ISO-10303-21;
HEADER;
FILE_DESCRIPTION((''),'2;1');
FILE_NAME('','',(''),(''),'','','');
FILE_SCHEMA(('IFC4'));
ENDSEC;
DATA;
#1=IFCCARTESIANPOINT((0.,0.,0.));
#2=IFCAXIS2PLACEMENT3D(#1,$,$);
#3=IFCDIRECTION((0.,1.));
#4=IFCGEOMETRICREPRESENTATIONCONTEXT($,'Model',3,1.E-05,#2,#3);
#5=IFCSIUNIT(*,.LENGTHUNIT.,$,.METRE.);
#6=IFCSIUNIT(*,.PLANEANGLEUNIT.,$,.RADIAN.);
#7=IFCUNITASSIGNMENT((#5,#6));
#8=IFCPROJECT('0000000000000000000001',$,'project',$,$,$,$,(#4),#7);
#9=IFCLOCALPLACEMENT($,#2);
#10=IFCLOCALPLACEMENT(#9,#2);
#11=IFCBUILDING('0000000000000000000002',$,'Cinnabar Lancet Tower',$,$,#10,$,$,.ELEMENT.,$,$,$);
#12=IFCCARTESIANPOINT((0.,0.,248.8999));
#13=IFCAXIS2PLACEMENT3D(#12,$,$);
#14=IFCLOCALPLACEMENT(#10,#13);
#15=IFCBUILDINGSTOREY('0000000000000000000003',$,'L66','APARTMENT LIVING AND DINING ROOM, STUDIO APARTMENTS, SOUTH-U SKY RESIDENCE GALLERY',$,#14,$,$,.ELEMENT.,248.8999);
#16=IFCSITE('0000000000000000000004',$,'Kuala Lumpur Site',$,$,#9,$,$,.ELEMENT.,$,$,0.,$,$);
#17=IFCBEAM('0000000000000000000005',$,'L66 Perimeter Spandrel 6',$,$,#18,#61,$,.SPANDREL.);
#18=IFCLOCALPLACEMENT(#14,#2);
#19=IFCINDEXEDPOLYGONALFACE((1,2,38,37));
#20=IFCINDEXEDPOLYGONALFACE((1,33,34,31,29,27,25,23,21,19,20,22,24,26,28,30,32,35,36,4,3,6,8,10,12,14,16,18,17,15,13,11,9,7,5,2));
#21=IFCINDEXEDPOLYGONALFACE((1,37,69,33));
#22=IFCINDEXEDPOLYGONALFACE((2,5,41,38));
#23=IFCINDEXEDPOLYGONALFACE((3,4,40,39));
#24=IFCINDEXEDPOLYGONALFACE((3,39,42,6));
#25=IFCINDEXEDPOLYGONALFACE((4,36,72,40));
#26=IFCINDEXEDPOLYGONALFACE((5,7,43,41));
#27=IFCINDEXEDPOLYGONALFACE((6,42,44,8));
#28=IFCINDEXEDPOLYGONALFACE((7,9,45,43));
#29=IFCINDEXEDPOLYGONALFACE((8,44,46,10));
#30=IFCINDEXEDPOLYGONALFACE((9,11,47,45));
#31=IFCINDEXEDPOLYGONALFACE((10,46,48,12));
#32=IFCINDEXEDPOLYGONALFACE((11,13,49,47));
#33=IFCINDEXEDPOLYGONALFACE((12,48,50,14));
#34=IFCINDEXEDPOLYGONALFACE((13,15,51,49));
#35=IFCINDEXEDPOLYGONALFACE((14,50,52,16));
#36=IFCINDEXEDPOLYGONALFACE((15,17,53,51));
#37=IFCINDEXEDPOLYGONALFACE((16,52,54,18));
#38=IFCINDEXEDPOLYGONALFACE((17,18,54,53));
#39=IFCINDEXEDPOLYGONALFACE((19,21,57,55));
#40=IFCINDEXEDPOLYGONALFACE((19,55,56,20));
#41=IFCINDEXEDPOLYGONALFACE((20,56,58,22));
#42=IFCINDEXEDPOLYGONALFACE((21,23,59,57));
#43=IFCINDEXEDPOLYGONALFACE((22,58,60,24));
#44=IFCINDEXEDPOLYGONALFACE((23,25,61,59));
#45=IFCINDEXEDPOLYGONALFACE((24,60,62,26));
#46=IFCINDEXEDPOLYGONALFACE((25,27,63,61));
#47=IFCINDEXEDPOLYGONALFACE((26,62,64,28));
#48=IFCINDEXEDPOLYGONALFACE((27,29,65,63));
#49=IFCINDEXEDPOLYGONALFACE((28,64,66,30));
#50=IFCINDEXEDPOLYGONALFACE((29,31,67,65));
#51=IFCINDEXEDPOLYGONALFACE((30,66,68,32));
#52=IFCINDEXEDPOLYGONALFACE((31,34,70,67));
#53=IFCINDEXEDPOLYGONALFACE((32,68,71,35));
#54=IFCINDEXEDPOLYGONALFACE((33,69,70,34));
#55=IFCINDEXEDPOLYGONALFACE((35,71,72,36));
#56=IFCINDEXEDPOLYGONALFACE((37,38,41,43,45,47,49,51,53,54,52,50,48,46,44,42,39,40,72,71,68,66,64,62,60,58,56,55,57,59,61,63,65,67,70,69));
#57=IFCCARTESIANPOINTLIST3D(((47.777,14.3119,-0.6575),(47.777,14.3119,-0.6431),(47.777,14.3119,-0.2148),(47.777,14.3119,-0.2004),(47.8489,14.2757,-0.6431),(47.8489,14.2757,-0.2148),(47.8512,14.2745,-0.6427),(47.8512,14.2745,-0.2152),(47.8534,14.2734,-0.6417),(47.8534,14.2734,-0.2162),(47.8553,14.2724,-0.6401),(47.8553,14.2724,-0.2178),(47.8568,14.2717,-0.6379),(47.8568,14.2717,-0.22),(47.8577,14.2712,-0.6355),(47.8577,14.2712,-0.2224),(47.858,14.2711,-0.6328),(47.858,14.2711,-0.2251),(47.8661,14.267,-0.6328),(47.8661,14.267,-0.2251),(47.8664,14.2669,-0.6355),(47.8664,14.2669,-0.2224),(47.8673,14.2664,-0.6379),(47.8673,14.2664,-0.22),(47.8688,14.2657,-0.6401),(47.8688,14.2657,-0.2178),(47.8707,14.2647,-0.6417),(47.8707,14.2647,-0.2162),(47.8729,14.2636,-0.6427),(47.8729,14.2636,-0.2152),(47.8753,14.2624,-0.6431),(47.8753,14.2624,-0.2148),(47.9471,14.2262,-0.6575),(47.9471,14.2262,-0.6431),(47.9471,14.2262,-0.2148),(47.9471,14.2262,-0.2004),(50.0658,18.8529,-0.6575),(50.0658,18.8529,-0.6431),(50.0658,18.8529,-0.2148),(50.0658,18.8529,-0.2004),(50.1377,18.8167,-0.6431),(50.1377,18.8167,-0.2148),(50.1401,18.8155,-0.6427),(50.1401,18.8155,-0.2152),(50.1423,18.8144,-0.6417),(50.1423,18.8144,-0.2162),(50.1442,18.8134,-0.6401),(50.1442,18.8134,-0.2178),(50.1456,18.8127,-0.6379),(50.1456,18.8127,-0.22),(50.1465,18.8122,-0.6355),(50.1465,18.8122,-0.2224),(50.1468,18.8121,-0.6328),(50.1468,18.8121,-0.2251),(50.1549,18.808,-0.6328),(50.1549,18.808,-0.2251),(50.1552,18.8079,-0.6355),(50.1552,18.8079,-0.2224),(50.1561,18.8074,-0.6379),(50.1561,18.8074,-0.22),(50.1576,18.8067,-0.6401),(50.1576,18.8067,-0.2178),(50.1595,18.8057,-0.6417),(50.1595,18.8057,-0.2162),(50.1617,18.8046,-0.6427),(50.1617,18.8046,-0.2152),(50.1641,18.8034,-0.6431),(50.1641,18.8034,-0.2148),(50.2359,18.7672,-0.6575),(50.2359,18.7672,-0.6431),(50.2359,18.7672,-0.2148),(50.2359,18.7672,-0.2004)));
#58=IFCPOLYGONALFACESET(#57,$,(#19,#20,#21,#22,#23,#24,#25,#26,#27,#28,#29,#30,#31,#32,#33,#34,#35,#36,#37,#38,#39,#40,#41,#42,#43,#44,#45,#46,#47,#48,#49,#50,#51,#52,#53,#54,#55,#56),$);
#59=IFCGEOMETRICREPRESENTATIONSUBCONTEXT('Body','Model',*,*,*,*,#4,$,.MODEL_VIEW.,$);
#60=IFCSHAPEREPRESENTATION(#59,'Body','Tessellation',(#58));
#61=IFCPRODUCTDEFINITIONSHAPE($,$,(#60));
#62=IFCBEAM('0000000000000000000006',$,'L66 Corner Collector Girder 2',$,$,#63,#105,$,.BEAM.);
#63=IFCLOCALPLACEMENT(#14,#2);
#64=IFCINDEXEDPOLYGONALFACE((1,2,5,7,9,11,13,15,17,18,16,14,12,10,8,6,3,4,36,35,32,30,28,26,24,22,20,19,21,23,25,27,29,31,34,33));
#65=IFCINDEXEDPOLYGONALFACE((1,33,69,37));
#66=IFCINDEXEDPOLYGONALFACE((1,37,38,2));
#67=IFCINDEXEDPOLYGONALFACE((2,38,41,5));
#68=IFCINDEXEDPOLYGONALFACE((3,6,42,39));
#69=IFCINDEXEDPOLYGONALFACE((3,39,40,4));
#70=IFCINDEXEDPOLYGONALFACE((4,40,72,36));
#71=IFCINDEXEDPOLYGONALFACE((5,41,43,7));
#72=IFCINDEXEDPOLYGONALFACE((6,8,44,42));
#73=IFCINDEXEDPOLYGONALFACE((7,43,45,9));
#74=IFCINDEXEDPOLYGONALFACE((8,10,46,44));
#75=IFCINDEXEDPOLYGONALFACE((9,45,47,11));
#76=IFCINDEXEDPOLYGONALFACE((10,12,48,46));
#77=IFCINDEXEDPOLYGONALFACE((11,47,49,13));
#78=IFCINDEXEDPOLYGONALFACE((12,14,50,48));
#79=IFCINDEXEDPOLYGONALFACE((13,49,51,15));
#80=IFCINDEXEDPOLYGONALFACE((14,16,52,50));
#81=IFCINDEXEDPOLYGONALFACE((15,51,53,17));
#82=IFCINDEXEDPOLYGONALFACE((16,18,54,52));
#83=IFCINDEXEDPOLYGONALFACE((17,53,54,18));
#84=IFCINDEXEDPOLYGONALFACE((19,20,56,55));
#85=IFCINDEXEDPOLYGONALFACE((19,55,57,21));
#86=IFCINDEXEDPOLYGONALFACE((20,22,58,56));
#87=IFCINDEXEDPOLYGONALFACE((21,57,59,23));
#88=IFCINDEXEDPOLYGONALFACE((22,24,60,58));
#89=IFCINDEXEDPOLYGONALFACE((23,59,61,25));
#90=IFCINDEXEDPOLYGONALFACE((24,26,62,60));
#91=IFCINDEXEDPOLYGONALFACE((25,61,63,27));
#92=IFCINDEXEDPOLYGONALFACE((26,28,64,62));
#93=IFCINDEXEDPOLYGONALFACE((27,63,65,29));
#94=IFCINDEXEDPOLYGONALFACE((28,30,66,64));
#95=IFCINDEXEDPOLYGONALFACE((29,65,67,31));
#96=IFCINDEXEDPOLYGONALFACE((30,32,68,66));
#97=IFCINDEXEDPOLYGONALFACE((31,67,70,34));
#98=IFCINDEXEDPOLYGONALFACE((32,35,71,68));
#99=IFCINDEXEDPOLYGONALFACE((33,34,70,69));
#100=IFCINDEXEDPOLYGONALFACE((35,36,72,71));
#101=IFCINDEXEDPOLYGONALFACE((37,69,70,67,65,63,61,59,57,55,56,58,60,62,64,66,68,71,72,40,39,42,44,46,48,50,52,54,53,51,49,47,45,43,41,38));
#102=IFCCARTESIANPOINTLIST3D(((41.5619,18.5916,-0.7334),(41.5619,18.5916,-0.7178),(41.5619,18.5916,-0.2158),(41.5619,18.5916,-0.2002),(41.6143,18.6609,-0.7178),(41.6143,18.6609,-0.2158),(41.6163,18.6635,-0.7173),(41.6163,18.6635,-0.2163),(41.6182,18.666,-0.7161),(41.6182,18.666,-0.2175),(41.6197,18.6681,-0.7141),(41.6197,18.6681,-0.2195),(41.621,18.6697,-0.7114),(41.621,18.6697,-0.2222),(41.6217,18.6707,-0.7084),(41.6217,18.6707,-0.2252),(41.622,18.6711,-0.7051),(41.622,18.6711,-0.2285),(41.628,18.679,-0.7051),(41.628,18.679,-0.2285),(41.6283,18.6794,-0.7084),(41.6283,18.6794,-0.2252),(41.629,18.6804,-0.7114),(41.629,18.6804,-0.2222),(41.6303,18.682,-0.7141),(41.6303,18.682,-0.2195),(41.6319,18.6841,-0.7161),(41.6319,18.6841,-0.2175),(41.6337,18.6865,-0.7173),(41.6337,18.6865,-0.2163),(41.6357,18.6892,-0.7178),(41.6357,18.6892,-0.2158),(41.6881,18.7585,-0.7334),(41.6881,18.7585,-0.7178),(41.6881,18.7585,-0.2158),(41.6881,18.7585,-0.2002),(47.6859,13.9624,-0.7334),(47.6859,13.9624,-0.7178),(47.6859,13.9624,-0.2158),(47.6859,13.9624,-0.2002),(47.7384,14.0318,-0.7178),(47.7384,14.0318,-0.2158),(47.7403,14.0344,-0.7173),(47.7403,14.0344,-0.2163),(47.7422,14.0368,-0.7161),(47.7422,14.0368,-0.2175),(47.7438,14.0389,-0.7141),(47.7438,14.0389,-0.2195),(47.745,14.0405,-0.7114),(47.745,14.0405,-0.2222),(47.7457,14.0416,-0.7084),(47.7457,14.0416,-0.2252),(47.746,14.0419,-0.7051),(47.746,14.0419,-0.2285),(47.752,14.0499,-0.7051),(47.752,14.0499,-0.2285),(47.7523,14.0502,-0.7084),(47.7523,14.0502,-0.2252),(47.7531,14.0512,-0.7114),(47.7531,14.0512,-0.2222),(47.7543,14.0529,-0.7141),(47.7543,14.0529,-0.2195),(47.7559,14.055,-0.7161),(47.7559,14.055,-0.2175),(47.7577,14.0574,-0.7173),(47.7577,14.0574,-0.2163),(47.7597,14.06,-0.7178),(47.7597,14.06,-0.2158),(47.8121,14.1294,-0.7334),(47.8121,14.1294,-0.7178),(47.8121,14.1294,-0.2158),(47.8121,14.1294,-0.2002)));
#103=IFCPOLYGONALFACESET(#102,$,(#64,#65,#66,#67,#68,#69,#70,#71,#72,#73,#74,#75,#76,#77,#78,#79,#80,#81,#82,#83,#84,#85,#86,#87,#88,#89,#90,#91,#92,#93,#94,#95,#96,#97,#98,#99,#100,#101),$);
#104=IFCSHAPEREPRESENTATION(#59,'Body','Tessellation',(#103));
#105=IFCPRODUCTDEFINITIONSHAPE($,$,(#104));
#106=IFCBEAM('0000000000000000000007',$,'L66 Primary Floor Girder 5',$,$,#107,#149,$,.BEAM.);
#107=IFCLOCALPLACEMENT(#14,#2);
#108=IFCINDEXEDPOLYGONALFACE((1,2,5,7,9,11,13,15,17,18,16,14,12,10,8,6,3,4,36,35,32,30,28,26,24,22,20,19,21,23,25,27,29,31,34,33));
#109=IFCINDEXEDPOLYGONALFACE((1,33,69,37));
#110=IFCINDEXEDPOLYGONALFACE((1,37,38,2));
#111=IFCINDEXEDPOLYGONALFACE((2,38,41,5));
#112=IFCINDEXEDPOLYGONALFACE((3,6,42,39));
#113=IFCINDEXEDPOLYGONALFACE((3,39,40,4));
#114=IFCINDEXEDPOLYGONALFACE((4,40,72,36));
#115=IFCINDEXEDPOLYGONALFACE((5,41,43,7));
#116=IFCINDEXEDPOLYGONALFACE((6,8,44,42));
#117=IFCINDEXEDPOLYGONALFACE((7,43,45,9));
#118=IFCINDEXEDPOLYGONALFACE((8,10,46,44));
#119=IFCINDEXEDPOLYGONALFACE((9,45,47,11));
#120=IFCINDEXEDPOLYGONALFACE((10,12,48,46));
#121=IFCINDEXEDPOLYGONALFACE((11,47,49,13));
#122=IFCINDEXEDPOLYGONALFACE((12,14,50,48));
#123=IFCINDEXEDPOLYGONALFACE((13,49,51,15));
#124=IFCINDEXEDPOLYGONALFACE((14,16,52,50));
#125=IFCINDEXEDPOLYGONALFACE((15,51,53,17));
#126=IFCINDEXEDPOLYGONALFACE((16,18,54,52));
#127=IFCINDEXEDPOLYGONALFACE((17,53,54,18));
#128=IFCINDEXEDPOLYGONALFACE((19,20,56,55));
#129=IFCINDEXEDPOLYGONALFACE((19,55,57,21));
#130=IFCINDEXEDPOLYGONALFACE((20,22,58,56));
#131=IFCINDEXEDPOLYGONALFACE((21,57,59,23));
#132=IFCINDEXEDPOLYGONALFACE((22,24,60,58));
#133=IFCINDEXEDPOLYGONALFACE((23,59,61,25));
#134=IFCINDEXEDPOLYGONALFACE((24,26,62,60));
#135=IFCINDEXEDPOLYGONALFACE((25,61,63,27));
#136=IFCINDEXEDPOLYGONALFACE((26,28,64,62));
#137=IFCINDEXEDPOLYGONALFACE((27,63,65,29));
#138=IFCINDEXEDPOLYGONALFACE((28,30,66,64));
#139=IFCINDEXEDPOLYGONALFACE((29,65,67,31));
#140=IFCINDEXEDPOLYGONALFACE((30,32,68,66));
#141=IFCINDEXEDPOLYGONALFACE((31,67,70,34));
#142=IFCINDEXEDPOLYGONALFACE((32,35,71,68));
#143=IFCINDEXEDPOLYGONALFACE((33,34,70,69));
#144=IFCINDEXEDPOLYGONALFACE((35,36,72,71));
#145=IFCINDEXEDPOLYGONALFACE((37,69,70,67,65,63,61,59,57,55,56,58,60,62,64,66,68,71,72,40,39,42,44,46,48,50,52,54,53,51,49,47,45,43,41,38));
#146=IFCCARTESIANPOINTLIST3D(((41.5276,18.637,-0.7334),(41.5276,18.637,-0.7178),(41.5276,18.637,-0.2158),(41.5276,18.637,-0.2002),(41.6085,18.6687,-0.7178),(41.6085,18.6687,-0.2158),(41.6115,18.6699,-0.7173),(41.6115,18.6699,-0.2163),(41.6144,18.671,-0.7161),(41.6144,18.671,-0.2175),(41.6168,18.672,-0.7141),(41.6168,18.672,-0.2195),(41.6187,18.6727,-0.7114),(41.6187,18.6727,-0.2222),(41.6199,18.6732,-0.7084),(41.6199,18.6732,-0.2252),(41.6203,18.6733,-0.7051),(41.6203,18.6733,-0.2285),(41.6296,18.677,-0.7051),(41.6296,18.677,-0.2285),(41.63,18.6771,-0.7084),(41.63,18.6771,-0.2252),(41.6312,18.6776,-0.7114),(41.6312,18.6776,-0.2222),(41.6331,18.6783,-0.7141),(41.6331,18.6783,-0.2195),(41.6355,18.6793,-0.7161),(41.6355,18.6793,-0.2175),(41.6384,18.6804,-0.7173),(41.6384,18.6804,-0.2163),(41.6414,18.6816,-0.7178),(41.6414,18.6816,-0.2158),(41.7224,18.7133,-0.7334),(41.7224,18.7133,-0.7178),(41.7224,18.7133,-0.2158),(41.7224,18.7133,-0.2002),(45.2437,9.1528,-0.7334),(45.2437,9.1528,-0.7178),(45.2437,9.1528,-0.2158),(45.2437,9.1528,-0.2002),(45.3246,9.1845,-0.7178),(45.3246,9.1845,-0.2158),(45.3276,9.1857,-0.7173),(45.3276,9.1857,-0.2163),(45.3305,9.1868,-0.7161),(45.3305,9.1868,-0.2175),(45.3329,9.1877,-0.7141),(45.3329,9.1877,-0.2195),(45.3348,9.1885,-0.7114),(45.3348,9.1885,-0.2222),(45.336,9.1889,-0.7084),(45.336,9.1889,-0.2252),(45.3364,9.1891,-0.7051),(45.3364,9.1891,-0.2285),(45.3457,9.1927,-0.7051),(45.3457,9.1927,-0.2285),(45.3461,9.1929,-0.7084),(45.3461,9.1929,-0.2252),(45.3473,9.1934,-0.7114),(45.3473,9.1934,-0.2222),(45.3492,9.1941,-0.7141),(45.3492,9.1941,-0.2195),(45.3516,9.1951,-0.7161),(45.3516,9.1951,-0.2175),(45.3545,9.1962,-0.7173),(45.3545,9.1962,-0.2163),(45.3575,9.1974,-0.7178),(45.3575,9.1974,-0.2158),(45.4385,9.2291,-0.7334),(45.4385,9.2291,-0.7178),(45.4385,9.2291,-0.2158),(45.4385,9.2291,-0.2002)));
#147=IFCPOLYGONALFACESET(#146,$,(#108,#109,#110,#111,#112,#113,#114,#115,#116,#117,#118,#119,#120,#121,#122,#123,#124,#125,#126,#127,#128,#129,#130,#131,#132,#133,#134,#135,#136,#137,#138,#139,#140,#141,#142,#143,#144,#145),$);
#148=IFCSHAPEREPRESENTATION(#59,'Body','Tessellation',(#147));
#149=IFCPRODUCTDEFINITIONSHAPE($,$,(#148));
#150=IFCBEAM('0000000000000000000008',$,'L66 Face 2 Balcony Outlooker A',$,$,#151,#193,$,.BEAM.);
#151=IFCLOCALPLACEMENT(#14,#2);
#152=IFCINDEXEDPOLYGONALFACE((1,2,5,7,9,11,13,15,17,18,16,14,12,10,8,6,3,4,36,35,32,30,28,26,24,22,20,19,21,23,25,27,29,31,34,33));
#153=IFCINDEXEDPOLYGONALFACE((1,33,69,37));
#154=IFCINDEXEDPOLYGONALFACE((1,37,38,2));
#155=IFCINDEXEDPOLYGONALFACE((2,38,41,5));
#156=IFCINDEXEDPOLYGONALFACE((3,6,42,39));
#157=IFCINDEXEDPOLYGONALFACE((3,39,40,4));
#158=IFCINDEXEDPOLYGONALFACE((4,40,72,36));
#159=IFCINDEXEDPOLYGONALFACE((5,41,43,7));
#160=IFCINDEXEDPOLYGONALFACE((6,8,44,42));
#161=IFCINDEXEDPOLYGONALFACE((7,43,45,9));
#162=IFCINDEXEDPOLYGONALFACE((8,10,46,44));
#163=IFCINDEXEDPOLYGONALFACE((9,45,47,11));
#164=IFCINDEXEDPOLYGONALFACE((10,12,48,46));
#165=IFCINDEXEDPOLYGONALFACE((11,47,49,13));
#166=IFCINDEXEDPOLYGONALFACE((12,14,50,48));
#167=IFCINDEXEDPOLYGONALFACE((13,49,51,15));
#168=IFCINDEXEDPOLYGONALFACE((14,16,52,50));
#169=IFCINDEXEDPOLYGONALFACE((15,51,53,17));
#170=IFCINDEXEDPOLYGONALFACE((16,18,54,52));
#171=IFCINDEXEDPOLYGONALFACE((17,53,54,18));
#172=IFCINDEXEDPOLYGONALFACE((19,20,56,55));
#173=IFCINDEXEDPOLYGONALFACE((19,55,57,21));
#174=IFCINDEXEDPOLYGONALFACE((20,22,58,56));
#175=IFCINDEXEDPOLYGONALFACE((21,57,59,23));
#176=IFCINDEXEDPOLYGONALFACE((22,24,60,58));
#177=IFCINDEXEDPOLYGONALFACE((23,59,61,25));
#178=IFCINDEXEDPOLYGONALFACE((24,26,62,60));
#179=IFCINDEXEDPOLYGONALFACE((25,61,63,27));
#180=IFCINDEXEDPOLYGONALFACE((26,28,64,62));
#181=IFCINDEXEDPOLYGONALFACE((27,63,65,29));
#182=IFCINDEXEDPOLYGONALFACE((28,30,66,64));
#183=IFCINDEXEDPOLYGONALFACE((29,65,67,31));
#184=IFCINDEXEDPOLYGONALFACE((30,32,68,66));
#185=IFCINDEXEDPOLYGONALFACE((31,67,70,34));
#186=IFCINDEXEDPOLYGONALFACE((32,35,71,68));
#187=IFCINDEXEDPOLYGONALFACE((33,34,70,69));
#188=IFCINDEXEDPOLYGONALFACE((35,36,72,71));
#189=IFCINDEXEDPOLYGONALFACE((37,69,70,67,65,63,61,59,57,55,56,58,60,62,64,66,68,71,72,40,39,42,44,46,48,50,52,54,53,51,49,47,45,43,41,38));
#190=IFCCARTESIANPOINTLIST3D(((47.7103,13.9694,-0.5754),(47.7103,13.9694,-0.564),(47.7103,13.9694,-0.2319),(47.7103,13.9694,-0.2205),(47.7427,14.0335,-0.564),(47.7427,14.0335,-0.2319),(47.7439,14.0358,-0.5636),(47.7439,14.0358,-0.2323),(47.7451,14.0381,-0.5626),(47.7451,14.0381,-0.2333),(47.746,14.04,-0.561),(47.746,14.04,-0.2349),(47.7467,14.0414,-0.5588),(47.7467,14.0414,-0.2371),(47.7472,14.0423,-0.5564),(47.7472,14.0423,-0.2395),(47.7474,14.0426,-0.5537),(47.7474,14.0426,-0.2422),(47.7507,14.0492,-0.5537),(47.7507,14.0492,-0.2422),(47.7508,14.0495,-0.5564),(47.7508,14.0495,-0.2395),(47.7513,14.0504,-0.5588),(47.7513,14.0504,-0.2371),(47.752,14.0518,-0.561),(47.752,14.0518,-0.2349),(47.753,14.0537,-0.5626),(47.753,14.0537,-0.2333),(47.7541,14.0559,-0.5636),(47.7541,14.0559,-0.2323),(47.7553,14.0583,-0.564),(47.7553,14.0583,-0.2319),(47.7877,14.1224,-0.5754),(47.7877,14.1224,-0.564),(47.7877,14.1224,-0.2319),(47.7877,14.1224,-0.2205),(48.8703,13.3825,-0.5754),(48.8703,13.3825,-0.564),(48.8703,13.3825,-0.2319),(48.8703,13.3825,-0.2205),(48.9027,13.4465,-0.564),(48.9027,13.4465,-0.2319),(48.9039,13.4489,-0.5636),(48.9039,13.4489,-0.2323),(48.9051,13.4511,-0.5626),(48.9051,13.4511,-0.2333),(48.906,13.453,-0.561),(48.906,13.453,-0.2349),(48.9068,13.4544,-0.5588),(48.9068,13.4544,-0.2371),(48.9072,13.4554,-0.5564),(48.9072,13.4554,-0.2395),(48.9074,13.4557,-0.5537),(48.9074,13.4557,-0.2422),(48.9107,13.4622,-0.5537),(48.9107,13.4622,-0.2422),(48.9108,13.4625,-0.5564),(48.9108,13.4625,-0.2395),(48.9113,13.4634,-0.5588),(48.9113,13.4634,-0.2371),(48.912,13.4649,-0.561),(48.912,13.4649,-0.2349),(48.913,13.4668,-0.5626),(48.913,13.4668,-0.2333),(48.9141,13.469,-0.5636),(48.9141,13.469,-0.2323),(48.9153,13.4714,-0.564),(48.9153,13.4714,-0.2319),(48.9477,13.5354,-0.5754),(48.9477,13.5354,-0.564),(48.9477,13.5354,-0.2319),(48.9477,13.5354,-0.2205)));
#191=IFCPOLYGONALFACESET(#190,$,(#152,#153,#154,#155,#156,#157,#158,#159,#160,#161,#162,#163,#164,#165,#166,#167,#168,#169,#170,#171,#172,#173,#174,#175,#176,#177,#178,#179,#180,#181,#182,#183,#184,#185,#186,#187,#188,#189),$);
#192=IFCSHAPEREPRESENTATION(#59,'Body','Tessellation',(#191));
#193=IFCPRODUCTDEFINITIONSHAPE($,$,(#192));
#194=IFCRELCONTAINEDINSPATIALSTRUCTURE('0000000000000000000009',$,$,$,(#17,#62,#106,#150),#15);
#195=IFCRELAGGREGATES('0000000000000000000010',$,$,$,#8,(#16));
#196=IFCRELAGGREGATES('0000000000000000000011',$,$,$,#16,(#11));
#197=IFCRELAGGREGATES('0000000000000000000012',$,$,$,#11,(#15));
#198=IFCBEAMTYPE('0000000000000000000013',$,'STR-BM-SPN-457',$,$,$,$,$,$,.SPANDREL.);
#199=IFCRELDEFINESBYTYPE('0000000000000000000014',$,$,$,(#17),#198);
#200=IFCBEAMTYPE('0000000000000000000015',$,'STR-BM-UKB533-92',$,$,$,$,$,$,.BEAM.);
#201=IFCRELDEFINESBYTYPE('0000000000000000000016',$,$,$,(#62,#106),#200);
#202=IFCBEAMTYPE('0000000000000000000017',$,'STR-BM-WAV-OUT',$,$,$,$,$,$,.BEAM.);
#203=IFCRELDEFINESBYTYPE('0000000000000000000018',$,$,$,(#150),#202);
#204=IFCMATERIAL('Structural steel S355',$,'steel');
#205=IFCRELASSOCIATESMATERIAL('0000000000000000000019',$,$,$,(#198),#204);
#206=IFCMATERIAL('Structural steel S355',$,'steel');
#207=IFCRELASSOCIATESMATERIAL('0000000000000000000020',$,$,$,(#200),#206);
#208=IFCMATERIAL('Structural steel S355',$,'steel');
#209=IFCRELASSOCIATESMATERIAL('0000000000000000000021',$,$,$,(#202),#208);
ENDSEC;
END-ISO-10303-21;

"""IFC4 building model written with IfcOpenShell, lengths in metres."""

from ifc_helpers import new_model, si_unit, direction, frame, origin, origin_2d, place, context, subcontext, project, spatial, i_section, extrude, material, material_profile, profile_set, type_object, element, save


model = new_model("IFC4")

# Units and contexts
model_context = context("Model", 3, precision=1e-05, world=origin(), true_north=direction((0.0, 1.0)))
body_context = subcontext(model_context, "Body", "Model", "MODEL_VIEW")
ifc_project = project(units=[si_unit("LENGTHUNIT", "METRE"), si_unit("PLANEANGLEUNIT", "RADIAN")], contexts=[model_context])

# Site, building, storey
site_placement = place(None, origin())
site = spatial("IfcSite", under=ifc_project, at=site_placement, Name="Kuala Lumpur Site", CompositionType="ELEMENT", RefElevation=0.0)
building_placement = place(site_placement, origin())
building = spatial("IfcBuilding", under=site, at=building_placement, Name="Cinnabar Lancet Tower", CompositionType="ELEMENT")
storey_placement = place(building_placement, frame((0.0, 0.0, 248.8999)))
storey = spatial("IfcBuildingStorey", under=building, at=storey_placement, Name="L66", Description="APARTMENT LIVING AND DINING ROOM, STUDIO APARTMENTS, SOUTH-U SKY RESIDENCE GALLERY", CompositionType="ELEMENT", Elevation=248.8999)

# Beams
ifc_material_1 = material(Name="Structural steel S355", Category="steel")
ifc_material_profile_1 = material_profile(ifc_material_1, i_section(OverallWidth=0.1904, OverallDepth=0.457, WebThickness=0.009, FlangeThickness=0.0144, FilletRadius=0.0103, at=origin_2d()), Name="UKB 457x191x74")
ifc_profile_set_1 = profile_set([ifc_material_profile_1], Name="Structural steel S355")
beam_type_1 = type_object("IfcBeamType", Name="STR-BM-SPN-457", PredefinedType="SPANDREL", material=ifc_profile_set_1)
beam_1_placement = place(storey_placement, frame((47.8621, 14.269, -0.429), z_axis=(0.450092, 0.892982, 0.0), x_axis=(-0.892982, 0.450092, 0.0)))
element("IfcBeam", 1, at=beam_1_placement, inside=storey, type_object=beam_type_1, Name="L66 Perimeter Spandrel 6", PredefinedType="SPANDREL", context=body_context, shape_type="SweptSolid", body=[
    extrude(i_section(OverallWidth=0.1904, OverallDepth=0.457, WebThickness=0.009, FlangeThickness=0.0144, FilletRadius=0.0103, at=origin_2d()), origin(), (0.0, 0.0, 1.0), 5.0852),
])
ifc_material_2 = material(Name="Structural steel S355", Category="steel")
ifc_material_profile_2 = material_profile(ifc_material_2, i_section(OverallWidth=0.2092, OverallDepth=0.5332, WebThickness=0.01, FlangeThickness=0.0156, FilletRadius=0.0127, at=origin_2d()), Name="UKB 533x210x92")
ifc_profile_set_2 = profile_set([ifc_material_profile_2], Name="Structural steel S355")
beam_type_2 = type_object("IfcBeamType", Name="STR-BM-UKB533-92", PredefinedType="BEAM", material=ifc_profile_set_2)
beam_2_placement = place(storey_placement, frame((47.749, 14.0459, -0.4668), z_axis=(-0.797735, 0.603008, 0.0), x_axis=(-0.603008, -0.797735, 0.0)))
element("IfcBeam", 2, at=beam_2_placement, inside=storey, type_object=beam_type_2, Name="L66 Corner Collector Girder 2", PredefinedType="BEAM", context=body_context, shape_type="SweptSolid", body=[
    extrude(i_section(OverallWidth=0.2092, OverallDepth=0.5332, WebThickness=0.01, FlangeThickness=0.0156, FilletRadius=0.0127, at=origin_2d()), origin(), (0.0, 0.0, 1.0), 7.6768),
])
beam_3_placement = place(storey_placement, frame((45.3411, 9.1909, -0.4668), z_axis=(-0.364815, 0.93108, 0.0), x_axis=(-0.93108, -0.364815, 0.0)))
element("IfcBeam", 3, at=beam_3_placement, inside=storey, type_object=beam_type_2, Name="L66 Primary Floor Girder 5", PredefinedType="BEAM", context=body_context, shape_type="SweptSolid", body=[
    extrude(i_section(OverallWidth=0.2092, OverallDepth=0.5332, WebThickness=0.01, FlangeThickness=0.0156, FilletRadius=0.0127, at=origin_2d()), origin(), (0.0, 0.0, 1.0), 10.1863),
])
ifc_material_3 = material(Name="Structural steel S355", Category="steel")
ifc_material_profile_3 = material_profile(ifc_material_3, i_section(OverallWidth=0.1714, OverallDepth=0.355, WebThickness=0.0073, FlangeThickness=0.0115, FilletRadius=0.0103, at=origin_2d()), Name="UKB 356x171x51")
ifc_profile_set_3 = profile_set([ifc_material_profile_3], Name="Structural steel S355")
beam_type_3 = type_object("IfcBeamType", Name="STR-BM-WAV-OUT", PredefinedType="BEAM", material=ifc_profile_set_3)
beam_4_placement = place(storey_placement, frame((47.749, 14.0459, -0.3979), z_axis=(0.892276, -0.45149, 0.0), x_axis=(0.45149, 0.892276, 0.0)))
element("IfcBeam", 4, at=beam_4_placement, inside=storey, type_object=beam_type_3, Name="L66 Face 2 Balcony Outlooker A", PredefinedType="BEAM", context=body_context, shape_type="SweptSolid", body=[
    extrude(i_section(OverallWidth=0.1714, OverallDepth=0.355, WebThickness=0.0073, FlangeThickness=0.0115, FilletRadius=0.0103, at=origin_2d()), origin(), (0.0, 0.0, 1.0), 1.3),
])

save(model, "model.ifc")
